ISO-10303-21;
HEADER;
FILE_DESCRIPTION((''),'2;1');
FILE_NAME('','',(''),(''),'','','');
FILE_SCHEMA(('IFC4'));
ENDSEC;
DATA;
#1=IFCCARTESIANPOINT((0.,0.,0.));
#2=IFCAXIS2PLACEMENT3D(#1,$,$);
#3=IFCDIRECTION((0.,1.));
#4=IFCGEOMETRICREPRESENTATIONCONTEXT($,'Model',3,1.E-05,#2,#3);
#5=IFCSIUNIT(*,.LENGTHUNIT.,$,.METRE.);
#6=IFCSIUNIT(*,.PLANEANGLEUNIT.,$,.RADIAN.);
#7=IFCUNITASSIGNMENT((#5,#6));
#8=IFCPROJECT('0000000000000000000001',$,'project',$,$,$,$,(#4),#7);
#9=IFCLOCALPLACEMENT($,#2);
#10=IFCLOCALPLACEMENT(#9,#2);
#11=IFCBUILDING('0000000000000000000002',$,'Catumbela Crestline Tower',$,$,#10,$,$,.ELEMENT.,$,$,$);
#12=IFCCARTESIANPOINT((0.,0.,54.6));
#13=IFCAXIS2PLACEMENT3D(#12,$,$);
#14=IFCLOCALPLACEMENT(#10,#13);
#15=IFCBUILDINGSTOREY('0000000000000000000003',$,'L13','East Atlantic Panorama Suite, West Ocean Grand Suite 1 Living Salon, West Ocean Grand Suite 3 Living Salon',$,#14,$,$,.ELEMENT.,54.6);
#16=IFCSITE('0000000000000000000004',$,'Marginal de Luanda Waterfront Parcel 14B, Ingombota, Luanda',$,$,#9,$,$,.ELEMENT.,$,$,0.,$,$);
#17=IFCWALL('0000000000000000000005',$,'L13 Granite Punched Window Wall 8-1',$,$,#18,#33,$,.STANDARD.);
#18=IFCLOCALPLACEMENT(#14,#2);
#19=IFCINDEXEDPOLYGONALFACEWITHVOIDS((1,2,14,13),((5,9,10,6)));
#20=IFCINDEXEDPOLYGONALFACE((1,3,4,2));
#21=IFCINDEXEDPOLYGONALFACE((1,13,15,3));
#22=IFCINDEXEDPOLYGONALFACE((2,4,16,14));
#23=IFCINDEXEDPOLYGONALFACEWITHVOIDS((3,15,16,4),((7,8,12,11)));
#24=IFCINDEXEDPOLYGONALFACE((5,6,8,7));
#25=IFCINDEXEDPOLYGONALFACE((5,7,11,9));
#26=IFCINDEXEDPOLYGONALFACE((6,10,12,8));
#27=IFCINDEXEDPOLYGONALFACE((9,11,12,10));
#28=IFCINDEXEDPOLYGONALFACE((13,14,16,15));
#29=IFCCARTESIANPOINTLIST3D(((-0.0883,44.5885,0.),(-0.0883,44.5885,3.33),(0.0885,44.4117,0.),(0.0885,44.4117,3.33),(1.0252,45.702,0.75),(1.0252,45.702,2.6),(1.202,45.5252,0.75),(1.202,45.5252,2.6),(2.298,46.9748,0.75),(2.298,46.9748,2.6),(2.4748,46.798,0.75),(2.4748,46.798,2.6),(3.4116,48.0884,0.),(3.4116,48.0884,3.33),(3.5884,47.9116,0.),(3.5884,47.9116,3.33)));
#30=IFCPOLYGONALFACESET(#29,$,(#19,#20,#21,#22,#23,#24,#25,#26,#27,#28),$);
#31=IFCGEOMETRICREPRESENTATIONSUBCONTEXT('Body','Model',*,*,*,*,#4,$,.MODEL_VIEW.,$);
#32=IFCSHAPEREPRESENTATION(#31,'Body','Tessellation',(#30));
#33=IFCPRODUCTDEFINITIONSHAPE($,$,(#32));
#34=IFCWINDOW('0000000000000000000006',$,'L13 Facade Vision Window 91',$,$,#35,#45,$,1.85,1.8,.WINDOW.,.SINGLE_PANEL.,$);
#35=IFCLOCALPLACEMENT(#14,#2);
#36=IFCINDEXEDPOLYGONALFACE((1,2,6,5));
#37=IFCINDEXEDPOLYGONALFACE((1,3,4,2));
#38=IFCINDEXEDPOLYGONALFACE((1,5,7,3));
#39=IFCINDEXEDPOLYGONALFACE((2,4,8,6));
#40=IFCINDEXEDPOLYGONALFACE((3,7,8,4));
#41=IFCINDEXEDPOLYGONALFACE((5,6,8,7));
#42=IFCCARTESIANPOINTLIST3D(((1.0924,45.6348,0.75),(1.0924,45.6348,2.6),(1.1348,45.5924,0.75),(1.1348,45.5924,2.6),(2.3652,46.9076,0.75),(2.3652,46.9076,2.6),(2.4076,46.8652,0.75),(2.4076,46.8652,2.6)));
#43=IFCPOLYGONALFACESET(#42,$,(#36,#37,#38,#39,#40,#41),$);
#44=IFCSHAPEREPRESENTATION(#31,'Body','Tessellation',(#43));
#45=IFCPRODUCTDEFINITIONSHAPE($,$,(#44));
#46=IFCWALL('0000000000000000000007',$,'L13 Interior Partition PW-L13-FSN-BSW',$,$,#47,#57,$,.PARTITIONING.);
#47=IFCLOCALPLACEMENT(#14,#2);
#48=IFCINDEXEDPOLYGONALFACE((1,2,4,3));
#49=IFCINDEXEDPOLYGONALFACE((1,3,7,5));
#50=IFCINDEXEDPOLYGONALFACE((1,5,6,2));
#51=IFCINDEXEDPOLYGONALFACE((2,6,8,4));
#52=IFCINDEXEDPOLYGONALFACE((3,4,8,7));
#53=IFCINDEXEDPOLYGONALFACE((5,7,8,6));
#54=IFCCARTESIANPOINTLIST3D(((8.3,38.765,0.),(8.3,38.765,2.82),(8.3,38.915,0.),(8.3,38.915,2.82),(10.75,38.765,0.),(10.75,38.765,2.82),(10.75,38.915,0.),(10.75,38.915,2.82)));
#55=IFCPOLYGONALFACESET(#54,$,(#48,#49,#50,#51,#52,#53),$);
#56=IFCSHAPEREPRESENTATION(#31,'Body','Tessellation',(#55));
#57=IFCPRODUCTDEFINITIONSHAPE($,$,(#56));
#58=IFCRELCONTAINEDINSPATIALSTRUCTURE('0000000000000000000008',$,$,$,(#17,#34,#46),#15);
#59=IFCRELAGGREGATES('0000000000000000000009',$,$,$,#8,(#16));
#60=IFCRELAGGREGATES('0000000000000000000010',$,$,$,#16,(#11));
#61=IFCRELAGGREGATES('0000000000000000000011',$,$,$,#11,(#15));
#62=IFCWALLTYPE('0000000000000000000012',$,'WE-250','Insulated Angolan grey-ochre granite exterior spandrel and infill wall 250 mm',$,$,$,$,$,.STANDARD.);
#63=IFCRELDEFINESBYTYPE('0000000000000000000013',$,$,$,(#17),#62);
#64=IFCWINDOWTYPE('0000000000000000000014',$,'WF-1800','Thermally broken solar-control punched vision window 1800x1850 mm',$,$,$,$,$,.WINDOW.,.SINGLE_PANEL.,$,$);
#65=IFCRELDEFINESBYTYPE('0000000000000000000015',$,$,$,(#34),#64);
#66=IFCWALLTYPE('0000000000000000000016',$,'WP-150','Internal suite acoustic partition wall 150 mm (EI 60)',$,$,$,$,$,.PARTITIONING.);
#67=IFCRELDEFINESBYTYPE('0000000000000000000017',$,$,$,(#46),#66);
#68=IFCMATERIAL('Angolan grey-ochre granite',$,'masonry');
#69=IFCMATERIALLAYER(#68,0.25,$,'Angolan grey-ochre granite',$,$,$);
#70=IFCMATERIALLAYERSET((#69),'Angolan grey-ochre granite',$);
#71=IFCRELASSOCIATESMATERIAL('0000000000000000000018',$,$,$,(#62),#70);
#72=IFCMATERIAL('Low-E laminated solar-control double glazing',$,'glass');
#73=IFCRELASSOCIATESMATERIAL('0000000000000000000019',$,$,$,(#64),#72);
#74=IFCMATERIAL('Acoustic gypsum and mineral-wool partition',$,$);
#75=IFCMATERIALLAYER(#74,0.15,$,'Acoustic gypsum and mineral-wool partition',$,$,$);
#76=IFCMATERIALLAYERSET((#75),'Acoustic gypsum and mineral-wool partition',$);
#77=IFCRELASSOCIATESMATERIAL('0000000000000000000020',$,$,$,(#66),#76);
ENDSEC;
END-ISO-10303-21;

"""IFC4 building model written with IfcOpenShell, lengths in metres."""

from ifc_helpers import new_model, si_unit, direction, frame, frame_2d, origin, place, context, subcontext, project, spatial, rectangle, extrude, material, layer, layer_set, type_object, element, fill, save


model = new_model("IFC4")

# Units and contexts
model_context = context("Model", 3, precision=1e-05, world=origin(), true_north=direction((0.0, 1.0)))
body_context = subcontext(model_context, "Body", "Model", "MODEL_VIEW")
ifc_project = project(units=[si_unit("LENGTHUNIT", "METRE"), si_unit("PLANEANGLEUNIT", "RADIAN")], contexts=[model_context])

# Site, building, storey
site_placement = place(None, origin())
site = spatial("IfcSite", under=ifc_project, at=site_placement, Name="Marginal de Luanda Waterfront Parcel 14B, Ingombota, Luanda", CompositionType="ELEMENT", RefElevation=0.0)
building_placement = place(site_placement, origin())
building = spatial("IfcBuilding", under=site, at=building_placement, Name="Catumbela Crestline Tower", CompositionType="ELEMENT")
storey_placement = place(building_placement, frame((0.0, 0.0, 54.6)))
storey = spatial("IfcBuildingStorey", under=building, at=storey_placement, Name="L13", Description="East Atlantic Panorama Suite, West Ocean Grand Suite 1 Living Salon, West Ocean Grand Suite 3 Living Salon", CompositionType="ELEMENT", Elevation=54.6)

# Shared definitions
ifc_material_1 = material(Name="Low-E laminated solar-control double glazing", Category="glass")

# Shared definitions
ifc_material_2 = material(Name="Acoustic gypsum and mineral-wool partition")

# Wall, opening, window
ifc_material_3 = material(Name="Angolan grey-ochre granite", Category="masonry")
ifc_layer_1 = layer(ifc_material_3, 0.25, Name="Angolan grey-ochre granite")
ifc_layer_set_1 = layer_set([ifc_layer_1], Name="Angolan grey-ochre granite")
wall_type_1 = type_object("IfcWallType", Name="WE-250", Description="Insulated Angolan grey-ochre granite exterior spandrel and infill wall 250 mm", PredefinedType="STANDARD", material=ifc_layer_set_1)
wall_1_placement = place(storey_placement, frame((3.5, 48.0, 0.0), z_axis=(0.0, 0.0, 1.0), x_axis=(-0.707107, -0.707107, 0.0)))
wall_1 = element("IfcWall", 1, at=wall_1_placement, inside=storey, type_object=wall_type_1, Name="L13 Granite Punched Window Wall 8-1", PredefinedType="STANDARD", context=body_context, shape_type="SweptSolid", body=[
    extrude(rectangle(XDim=4.9497, YDim=0.25, at=frame_2d((2.4748, 0.0))), origin(), (0.0, 0.0, 1.0), 3.33),
])
opening_1_placement = place(wall_1_placement, frame((1.5749, 0.0, 0.75)))
opening_1 = element("IfcOpeningElement", 2, at=opening_1_placement, cuts=wall_1, PredefinedType="OPENING", context=body_context, shape_type="SweptSolid", body=[
    extrude(rectangle(XDim=1.8, YDim=1.85, at=frame_2d((0.9, 0.925))), frame((0.0, 0.135, 0.0), z_axis=(0.0, -1.0, 0.0), x_axis=(1.0, 0.0, 0.0)), (0.0, 0.0, 1.0), 0.27),
])
window_type = type_object("IfcWindowType", Name="WF-1800", Description="Thermally broken solar-control punched vision window 1800x1850 mm", PartitioningType="SINGLE_PANEL", PredefinedType="WINDOW", material=ifc_material_1)
window_placement = place(opening_1_placement, origin())
window = element("IfcWindow", 3, at=window_placement, inside=storey, type_object=window_type, Name="L13 Facade Vision Window 91", OverallHeight=1.85, OverallWidth=1.8, PartitioningType="SINGLE_PANEL", PredefinedType="WINDOW", context=body_context, shape_type="SweptSolid", body=[
    extrude(rectangle(XDim=1.8, YDim=1.85, at=frame_2d((0.9, 0.925))), frame((0.0, 0.03, 0.0), z_axis=(0.0, -1.0, 0.0), x_axis=(1.0, 0.0, 0.0)), (0.0, 0.0, 1.0), 0.06),
])
fill(opening_1, window)

# Wall
ifc_layer_2 = layer(ifc_material_2, 0.15, Name="Acoustic gypsum and mineral-wool partition")
ifc_layer_set_2 = layer_set([ifc_layer_2], Name="Acoustic gypsum and mineral-wool partition")
wall_type_2 = type_object("IfcWallType", Name="WP-150", Description="Internal suite acoustic partition wall 150 mm (EI 60)", PredefinedType="PARTITIONING", material=ifc_layer_set_2)
wall_2_placement = place(storey_placement, frame((8.3, 38.84, 0.0), z_axis=(0.0, 0.0, 1.0), x_axis=(1.0, 0.0, 0.0)))
element("IfcWall", 4, at=wall_2_placement, inside=storey, type_object=wall_type_2, Name="L13 Interior Partition PW-L13-FSN-BSW", PredefinedType="PARTITIONING", context=body_context, shape_type="SweptSolid", body=[
    extrude(rectangle(XDim=2.45, YDim=0.15, at=frame_2d((1.225, 0.0))), origin(), (0.0, 0.0, 1.0), 2.82),
])

save(model, "model.ifc")
